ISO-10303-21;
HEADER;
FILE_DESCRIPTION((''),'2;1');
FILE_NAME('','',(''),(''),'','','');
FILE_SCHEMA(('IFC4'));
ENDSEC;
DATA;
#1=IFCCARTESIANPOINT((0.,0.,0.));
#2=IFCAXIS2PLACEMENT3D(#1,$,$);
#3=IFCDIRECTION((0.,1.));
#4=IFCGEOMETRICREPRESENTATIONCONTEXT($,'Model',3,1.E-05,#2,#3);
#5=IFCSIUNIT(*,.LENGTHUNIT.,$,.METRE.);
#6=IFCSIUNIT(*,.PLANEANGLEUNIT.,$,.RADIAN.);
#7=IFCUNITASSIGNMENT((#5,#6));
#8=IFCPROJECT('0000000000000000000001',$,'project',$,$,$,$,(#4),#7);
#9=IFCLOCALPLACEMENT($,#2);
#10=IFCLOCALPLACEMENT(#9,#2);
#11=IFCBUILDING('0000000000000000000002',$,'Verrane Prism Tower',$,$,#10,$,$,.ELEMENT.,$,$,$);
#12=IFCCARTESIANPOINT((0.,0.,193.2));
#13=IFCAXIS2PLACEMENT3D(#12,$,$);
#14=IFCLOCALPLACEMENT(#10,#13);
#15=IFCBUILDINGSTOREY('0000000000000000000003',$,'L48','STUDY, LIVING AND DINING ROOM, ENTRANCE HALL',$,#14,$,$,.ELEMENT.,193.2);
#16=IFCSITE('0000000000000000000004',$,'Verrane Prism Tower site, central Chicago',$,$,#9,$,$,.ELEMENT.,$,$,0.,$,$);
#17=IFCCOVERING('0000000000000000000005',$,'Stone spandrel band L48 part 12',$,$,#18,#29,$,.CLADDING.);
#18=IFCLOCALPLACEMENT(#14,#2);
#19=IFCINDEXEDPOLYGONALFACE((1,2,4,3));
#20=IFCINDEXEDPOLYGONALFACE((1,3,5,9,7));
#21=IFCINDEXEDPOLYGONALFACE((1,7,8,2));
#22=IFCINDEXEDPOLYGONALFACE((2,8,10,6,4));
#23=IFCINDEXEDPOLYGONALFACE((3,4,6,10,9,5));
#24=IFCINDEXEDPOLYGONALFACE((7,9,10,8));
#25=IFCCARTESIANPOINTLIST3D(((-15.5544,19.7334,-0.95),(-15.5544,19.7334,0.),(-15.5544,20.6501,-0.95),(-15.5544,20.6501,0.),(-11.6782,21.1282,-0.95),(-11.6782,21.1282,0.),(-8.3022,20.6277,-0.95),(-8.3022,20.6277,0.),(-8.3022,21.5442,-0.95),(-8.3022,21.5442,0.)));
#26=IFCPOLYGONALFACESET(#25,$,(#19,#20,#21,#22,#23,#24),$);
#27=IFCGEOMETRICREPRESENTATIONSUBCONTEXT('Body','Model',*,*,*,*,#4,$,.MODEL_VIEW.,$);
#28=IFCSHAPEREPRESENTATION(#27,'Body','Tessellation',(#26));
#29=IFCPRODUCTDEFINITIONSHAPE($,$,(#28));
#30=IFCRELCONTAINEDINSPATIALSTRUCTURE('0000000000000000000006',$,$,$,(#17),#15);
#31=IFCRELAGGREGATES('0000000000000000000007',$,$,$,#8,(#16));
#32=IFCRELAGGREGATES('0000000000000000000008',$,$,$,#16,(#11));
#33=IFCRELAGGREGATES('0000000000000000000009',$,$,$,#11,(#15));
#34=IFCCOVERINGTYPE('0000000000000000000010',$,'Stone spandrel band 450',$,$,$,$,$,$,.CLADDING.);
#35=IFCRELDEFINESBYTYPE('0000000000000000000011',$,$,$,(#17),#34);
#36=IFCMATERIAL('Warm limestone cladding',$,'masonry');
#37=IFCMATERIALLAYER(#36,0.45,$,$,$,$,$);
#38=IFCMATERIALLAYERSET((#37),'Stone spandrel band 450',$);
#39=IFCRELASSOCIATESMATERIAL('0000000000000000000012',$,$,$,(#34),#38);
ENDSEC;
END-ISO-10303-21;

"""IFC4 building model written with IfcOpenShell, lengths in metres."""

from ifc_helpers import new_model, si_unit, direction, frame, origin, place, context, subcontext, project, spatial, polyline, outline, extrude, material, layer, layer_set, type_object, element, save


model = new_model("IFC4")

# Units and contexts
model_context = context("Model", 3, precision=1e-05, world=origin(), true_north=direction((0.0, 1.0)))
body_context = subcontext(model_context, "Body", "Model", "MODEL_VIEW")
ifc_project = project(units=[si_unit("LENGTHUNIT", "METRE"), si_unit("PLANEANGLEUNIT", "RADIAN")], contexts=[model_context])

# Site, building, storey
site_placement = place(None, origin())
site = spatial("IfcSite", under=ifc_project, at=site_placement, Name="Verrane Prism Tower site, central Chicago", CompositionType="ELEMENT", RefElevation=0.0)
building_placement = place(site_placement, origin())
building = spatial("IfcBuilding", under=site, at=building_placement, Name="Verrane Prism Tower", CompositionType="ELEMENT")
storey_placement = place(building_placement, frame((0.0, 0.0, 193.2)))
storey = spatial("IfcBuildingStorey", under=building, at=storey_placement, Name="L48", Description="STUDY, LIVING AND DINING ROOM, ENTRANCE HALL", CompositionType="ELEMENT", Elevation=193.2)

# Covering
ifc_material_1 = material(Name="Warm limestone cladding", Category="masonry")
ifc_layer_1 = layer(ifc_material_1, 0.45)
ifc_layer_set_1 = layer_set([ifc_layer_1], Name="Stone spandrel band 450")
covering_type = type_object("IfcCoveringType", Name="Stone spandrel band 450", PredefinedType="CLADDING", material=ifc_layer_set_1)
covering_1_placement = place(storey_placement, frame((0.0, 0.0, -0.95)))
element("IfcCovering", 1, at=covering_1_placement, inside=storey, type_object=covering_type, Name="Stone spandrel band L48 part 12", PredefinedType="CLADDING", context=body_context, shape_type="SweptSolid", body=[
    extrude(outline(polyline([(-15.5544, 19.7334), (-8.3022, 20.6277), (-8.3022, 21.5442), (-11.6782, 21.1282), (-15.5544, 20.6501), (-15.5544, 19.7334)])), origin(), (0.0, 0.0, 1.0), 0.95),
])

save(model, "model.ifc")
